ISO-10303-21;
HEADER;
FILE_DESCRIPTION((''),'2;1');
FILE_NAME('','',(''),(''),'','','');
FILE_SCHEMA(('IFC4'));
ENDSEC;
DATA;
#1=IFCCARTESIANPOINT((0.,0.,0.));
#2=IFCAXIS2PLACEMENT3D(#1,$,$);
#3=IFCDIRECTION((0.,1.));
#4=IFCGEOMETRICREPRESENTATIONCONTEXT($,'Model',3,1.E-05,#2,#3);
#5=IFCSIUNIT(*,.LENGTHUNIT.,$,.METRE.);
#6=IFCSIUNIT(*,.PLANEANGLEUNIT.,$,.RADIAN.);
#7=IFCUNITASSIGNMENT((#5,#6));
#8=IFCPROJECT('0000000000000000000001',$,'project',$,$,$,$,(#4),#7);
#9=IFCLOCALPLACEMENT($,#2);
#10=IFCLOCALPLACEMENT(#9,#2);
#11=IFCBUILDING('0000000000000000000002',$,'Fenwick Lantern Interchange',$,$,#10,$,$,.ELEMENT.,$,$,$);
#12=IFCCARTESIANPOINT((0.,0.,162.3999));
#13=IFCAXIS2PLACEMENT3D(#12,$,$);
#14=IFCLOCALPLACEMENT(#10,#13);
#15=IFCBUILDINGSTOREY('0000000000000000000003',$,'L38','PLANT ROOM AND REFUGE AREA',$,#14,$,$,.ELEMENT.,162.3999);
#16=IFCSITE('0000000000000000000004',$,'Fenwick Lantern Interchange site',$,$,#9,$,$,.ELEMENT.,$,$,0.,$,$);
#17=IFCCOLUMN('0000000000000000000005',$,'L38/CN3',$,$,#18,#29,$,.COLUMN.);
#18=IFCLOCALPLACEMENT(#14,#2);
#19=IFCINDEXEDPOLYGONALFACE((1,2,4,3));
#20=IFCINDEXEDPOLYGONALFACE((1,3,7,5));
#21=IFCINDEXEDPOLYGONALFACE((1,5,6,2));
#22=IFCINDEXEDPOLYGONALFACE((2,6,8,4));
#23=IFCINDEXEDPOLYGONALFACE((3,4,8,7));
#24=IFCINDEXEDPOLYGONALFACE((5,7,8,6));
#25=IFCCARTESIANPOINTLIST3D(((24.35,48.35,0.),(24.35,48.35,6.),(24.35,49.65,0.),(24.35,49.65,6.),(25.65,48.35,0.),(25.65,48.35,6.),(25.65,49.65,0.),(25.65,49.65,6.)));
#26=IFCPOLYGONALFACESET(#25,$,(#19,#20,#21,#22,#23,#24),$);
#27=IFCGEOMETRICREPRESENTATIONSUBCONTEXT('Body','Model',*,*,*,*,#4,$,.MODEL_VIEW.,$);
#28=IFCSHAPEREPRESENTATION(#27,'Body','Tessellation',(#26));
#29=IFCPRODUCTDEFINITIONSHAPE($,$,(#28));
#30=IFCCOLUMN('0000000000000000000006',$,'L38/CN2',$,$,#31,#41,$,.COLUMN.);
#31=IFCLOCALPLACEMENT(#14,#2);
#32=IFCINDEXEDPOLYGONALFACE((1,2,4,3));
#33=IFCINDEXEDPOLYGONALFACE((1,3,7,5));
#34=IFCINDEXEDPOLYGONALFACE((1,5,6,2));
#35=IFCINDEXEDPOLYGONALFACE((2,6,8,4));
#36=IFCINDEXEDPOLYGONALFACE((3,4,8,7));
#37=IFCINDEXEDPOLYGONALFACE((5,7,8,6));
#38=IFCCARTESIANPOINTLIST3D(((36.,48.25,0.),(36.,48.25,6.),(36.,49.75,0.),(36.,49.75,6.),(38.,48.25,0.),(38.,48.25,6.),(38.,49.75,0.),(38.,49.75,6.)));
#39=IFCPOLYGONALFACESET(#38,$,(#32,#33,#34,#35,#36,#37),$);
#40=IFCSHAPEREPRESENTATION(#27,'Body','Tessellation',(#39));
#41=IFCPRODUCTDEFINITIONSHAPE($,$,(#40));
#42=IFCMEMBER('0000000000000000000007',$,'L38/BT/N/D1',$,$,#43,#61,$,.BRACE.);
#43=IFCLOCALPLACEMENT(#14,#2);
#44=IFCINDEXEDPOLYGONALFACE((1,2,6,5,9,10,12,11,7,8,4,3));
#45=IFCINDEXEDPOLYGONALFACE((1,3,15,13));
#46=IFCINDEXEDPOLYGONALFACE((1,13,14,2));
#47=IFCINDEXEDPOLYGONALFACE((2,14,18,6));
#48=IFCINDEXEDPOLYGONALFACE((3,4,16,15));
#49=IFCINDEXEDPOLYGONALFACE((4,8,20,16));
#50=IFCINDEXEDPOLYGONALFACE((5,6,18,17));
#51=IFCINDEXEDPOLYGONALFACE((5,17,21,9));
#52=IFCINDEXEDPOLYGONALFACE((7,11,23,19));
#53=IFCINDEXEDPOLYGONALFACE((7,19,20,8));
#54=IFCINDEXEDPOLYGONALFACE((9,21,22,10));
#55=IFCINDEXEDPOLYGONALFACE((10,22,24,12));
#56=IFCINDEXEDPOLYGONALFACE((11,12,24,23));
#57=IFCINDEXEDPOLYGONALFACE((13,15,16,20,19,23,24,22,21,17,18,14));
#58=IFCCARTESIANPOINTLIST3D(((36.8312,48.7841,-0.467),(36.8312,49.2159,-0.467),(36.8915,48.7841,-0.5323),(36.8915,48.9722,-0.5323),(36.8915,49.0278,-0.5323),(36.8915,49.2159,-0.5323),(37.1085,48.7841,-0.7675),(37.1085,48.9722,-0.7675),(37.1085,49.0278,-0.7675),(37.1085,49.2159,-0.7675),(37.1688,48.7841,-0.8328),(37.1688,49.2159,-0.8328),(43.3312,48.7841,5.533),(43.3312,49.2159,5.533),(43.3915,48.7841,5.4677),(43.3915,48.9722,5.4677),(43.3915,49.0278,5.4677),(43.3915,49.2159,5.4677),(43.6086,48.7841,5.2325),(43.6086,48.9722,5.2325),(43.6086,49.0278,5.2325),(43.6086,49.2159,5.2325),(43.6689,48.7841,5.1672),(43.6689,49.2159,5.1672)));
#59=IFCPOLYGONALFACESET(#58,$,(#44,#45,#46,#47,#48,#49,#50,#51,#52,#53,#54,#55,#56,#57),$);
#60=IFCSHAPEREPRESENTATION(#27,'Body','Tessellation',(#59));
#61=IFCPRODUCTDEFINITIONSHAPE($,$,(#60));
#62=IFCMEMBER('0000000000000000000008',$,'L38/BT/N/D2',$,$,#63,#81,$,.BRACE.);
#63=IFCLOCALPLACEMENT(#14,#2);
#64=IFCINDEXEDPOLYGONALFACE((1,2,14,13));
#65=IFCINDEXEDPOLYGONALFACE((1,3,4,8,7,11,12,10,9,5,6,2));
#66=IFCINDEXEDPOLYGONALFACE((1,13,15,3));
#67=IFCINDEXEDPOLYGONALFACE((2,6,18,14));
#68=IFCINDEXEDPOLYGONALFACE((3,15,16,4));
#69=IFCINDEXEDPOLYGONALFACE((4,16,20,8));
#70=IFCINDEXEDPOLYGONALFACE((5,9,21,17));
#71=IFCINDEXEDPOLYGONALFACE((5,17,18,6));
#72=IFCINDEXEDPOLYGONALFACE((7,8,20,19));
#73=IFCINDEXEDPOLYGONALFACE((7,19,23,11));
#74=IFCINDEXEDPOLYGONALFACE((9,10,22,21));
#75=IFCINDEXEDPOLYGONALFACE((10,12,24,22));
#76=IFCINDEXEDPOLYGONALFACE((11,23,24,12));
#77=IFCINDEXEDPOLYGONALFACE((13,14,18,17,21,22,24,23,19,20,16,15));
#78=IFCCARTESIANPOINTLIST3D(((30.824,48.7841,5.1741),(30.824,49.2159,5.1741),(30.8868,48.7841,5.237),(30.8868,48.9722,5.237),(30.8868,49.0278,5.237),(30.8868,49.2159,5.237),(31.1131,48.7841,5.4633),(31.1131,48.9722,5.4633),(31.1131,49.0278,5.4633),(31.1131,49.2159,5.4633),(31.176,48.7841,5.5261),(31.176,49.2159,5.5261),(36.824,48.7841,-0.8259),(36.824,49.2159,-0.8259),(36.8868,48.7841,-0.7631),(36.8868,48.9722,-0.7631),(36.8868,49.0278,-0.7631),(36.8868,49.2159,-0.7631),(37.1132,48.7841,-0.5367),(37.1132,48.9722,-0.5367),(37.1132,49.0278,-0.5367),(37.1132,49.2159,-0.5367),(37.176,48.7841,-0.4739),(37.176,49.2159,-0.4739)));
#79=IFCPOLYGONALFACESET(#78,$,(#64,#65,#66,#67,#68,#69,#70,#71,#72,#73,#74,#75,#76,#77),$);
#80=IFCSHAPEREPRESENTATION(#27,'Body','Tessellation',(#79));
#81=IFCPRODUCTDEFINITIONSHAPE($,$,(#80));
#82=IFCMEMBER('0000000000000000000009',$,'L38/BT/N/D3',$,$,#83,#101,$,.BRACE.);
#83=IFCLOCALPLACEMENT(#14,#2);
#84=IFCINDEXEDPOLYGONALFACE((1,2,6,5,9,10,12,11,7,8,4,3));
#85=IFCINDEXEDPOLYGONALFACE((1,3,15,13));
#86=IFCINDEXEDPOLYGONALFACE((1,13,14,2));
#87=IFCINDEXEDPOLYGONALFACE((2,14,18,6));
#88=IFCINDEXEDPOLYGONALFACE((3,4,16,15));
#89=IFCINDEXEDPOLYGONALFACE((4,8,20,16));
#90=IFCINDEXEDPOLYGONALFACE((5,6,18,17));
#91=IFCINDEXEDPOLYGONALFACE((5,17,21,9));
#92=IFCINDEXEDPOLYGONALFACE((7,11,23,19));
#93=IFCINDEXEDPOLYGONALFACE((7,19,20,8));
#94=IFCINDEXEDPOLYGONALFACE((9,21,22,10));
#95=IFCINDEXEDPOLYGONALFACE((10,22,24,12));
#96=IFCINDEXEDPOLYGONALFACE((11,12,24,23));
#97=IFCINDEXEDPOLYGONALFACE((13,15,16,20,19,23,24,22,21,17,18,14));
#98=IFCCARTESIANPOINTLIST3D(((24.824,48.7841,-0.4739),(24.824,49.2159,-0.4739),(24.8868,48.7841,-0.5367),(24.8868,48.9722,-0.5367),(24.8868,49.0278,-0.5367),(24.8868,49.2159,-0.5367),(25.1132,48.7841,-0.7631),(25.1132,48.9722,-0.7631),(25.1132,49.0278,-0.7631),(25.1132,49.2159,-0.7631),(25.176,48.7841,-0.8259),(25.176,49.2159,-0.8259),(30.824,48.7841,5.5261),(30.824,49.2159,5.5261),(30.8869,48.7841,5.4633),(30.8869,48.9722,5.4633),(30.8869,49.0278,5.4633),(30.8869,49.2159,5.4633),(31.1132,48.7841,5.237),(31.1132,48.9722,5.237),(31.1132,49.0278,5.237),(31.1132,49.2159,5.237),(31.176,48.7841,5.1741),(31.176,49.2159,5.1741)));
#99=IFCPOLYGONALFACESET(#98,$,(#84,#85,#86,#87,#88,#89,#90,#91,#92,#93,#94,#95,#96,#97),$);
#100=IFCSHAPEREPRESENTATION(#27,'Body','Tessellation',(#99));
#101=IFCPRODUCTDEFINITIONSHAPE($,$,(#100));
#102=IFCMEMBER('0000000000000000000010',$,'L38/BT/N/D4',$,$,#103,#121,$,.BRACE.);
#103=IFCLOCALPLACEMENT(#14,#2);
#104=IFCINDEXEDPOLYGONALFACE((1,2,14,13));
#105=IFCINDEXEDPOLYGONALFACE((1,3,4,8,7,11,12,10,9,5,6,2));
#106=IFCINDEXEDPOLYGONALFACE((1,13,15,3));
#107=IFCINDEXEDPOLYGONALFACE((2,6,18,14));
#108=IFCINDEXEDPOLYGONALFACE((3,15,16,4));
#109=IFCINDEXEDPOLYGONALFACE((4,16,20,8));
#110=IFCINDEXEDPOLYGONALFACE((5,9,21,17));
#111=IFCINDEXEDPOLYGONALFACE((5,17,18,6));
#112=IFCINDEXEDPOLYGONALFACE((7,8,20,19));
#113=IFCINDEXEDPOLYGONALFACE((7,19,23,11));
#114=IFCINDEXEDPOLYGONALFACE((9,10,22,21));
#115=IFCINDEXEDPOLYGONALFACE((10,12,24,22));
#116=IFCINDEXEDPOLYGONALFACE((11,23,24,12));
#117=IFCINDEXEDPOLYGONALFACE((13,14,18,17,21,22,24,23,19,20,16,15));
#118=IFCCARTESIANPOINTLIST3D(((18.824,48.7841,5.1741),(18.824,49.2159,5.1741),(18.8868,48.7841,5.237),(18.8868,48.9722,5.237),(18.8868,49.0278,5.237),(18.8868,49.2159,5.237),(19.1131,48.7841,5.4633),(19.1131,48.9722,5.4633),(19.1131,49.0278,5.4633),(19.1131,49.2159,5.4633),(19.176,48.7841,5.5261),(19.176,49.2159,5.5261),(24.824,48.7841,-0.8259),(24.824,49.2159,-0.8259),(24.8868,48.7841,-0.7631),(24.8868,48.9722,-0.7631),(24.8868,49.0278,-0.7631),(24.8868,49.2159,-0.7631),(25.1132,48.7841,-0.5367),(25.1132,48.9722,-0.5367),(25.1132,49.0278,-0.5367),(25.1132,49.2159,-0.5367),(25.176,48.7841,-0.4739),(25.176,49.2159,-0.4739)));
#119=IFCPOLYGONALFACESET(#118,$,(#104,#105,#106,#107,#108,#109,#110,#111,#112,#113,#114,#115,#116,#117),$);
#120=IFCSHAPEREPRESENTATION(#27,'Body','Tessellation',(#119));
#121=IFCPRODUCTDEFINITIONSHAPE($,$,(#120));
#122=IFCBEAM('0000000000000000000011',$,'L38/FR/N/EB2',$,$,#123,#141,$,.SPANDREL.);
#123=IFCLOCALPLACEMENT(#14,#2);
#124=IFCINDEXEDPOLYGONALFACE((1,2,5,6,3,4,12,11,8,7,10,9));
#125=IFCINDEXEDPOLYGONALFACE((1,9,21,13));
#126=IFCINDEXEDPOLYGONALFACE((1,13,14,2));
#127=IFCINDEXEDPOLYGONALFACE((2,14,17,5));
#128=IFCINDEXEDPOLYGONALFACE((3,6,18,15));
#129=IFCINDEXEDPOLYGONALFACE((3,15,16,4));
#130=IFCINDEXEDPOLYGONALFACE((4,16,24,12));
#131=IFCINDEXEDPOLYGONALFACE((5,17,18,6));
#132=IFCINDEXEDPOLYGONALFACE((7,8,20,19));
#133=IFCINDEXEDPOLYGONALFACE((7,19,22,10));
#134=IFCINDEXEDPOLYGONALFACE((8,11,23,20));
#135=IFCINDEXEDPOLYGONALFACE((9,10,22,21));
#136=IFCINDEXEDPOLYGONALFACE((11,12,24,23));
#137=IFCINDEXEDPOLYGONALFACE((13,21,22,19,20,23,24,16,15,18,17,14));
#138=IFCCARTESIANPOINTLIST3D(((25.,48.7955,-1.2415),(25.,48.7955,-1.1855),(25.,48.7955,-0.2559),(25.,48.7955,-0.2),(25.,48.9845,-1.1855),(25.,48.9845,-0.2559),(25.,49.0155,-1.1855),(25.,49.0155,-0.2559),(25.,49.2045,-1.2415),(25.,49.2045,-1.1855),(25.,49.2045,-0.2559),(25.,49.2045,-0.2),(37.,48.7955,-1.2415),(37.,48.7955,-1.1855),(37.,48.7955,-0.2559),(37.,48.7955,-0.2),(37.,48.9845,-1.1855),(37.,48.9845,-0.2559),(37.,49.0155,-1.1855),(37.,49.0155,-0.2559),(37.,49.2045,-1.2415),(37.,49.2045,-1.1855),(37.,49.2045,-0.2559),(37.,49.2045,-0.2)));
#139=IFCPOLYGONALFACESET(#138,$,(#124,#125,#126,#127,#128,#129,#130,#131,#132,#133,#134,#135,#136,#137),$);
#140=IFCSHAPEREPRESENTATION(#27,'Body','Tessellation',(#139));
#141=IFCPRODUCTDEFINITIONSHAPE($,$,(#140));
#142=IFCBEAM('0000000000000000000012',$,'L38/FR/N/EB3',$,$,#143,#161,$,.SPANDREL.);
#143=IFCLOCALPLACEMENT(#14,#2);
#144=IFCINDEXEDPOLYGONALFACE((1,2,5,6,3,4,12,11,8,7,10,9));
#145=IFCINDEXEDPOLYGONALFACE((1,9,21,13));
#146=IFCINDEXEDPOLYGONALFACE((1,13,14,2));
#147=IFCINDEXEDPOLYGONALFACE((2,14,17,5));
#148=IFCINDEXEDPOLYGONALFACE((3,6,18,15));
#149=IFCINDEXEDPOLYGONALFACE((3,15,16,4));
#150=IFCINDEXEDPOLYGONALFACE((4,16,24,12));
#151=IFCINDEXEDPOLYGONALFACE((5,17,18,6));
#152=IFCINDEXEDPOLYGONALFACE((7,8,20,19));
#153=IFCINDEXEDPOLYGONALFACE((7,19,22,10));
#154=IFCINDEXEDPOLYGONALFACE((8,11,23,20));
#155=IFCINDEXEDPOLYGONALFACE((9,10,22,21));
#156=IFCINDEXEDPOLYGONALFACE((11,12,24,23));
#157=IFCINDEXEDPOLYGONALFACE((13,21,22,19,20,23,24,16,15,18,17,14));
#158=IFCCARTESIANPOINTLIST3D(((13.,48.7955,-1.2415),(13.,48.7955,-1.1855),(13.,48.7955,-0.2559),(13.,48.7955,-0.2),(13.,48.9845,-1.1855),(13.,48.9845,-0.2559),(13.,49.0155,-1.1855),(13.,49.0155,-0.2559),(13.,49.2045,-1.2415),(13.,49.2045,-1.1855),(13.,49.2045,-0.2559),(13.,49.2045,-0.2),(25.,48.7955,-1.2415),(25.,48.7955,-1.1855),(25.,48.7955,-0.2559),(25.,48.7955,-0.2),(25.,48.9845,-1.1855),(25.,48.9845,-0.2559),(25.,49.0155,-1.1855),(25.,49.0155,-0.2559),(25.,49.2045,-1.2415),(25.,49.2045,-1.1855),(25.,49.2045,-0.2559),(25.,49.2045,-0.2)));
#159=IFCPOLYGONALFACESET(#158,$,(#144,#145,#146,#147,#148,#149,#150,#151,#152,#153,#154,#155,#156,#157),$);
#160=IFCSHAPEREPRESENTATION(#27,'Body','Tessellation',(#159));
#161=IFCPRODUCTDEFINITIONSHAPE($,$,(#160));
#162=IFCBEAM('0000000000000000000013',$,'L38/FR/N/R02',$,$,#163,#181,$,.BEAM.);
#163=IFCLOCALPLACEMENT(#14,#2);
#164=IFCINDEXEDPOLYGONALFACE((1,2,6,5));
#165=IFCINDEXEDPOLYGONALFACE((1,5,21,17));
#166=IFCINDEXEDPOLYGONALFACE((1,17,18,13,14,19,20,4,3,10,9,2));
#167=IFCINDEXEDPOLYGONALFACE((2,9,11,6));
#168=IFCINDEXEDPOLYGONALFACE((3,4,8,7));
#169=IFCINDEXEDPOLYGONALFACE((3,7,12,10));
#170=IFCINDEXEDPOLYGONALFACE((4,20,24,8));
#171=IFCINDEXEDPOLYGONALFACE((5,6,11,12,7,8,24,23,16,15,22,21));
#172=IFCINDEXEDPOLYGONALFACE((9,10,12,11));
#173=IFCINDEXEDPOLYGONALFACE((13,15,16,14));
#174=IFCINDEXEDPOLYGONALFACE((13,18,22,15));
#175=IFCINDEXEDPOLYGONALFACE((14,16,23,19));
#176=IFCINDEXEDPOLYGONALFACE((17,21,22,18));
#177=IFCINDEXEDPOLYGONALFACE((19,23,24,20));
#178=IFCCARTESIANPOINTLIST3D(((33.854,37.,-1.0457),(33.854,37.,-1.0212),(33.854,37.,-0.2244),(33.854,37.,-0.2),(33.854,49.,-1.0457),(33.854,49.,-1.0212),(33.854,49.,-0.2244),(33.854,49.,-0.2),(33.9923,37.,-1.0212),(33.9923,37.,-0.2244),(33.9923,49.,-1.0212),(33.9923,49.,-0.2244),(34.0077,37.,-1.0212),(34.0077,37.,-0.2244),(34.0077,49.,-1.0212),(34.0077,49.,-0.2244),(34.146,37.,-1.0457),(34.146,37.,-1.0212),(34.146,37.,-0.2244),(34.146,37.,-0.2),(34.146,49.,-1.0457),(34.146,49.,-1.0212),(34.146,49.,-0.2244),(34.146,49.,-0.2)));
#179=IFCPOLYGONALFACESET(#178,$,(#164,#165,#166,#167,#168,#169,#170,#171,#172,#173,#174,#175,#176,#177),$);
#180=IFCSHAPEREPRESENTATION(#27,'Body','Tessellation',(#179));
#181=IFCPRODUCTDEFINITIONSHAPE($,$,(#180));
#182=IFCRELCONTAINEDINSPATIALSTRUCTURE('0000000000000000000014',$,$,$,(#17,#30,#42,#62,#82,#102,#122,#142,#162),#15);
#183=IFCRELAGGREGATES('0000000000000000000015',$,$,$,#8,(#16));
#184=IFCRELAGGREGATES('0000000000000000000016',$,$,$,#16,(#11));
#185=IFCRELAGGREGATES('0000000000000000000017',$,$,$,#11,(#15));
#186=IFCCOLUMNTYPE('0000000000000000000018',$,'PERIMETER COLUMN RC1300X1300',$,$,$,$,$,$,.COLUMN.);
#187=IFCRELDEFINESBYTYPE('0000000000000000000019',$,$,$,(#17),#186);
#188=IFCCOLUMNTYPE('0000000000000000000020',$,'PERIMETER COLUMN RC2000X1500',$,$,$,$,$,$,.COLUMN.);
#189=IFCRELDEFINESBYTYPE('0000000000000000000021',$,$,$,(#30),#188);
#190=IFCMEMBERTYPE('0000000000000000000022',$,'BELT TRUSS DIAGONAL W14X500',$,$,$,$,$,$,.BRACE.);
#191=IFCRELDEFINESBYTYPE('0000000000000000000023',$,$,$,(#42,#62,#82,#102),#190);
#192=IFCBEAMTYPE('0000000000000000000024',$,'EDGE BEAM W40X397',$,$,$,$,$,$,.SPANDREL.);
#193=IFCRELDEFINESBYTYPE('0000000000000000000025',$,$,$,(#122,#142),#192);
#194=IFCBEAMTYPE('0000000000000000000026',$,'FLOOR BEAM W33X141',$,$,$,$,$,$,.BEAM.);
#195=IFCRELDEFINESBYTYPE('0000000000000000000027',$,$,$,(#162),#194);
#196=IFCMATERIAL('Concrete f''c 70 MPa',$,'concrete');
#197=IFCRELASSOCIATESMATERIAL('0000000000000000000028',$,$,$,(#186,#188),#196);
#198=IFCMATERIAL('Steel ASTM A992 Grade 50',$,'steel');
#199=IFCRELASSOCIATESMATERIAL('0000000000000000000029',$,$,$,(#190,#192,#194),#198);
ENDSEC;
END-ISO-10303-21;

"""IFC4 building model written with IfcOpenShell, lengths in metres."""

from ifc_helpers import new_model, si_unit, direction, frame, origin, origin_2d, place, context, subcontext, project, spatial, rectangle, i_section, extrude, material, material_profile, profile_set, type_object, element, save


model = new_model("IFC4")

# Units and contexts
model_context = context("Model", 3, precision=1e-05, world=origin(), true_north=direction((0.0, 1.0)))
body_context = subcontext(model_context, "Body", "Model", "MODEL_VIEW")
ifc_project = project(units=[si_unit("LENGTHUNIT", "METRE"), si_unit("PLANEANGLEUNIT", "RADIAN")], contexts=[model_context])

# Site, building, storey
site_placement = place(None, origin())
site = spatial("IfcSite", under=ifc_project, at=site_placement, Name="Fenwick Lantern Interchange site", CompositionType="ELEMENT", RefElevation=0.0)
building_placement = place(site_placement, origin())
building = spatial("IfcBuilding", under=site, at=building_placement, Name="Fenwick Lantern Interchange", CompositionType="ELEMENT")
storey_placement = place(building_placement, frame((0.0, 0.0, 162.3999)))
storey = spatial("IfcBuildingStorey", under=building, at=storey_placement, Name="L38", Description="PLANT ROOM AND REFUGE AREA", CompositionType="ELEMENT", Elevation=162.3999)

# Columns
ifc_material_1 = material(Name="Concrete f'c 70 MPa", Category="concrete")
ifc_material_profile_1 = material_profile(ifc_material_1, rectangle(XDim=1.3, YDim=1.3, at=origin_2d()), Name="RC1300X1300")
ifc_profile_set_1 = profile_set([ifc_material_profile_1], Name="Concrete f'c 70 MPa")
column_type_1 = type_object("IfcColumnType", Name="PERIMETER COLUMN RC1300X1300", PredefinedType="COLUMN", material=ifc_profile_set_1)
column_1_placement = place(storey_placement, frame((25.0, 49.0, 0.0), z_axis=(0.0, 0.0, 1.0), x_axis=(1.0, 0.0, 0.0)))
element("IfcColumn", 1, at=column_1_placement, inside=storey, type_object=column_type_1, Name="L38/CN3", PredefinedType="COLUMN", context=body_context, shape_type="SweptSolid", body=[
    extrude(rectangle(XDim=1.3, YDim=1.3, at=origin_2d()), origin(), (0.0, 0.0, 1.0), 6.0),
])
ifc_material_profile_2 = material_profile(ifc_material_1, rectangle(XDim=2.0, YDim=1.5, at=origin_2d()), Name="RC2000X1500")
ifc_profile_set_2 = profile_set([ifc_material_profile_2], Name="Concrete f'c 70 MPa")
column_type_2 = type_object("IfcColumnType", Name="PERIMETER COLUMN RC2000X1500", PredefinedType="COLUMN", material=ifc_profile_set_2)
column_2_placement = place(storey_placement, frame((37.0, 49.0, 0.0), z_axis=(0.0, 0.0, 1.0), x_axis=(1.0, 0.0, 0.0)))
element("IfcColumn", 2, at=column_2_placement, inside=storey, type_object=column_type_2, Name="L38/CN2", PredefinedType="COLUMN", context=body_context, shape_type="SweptSolid", body=[
    extrude(rectangle(XDim=2.0, YDim=1.5, at=origin_2d()), origin(), (0.0, 0.0, 1.0), 6.0),
])

# Members
ifc_material_2 = material(Name="Steel ASTM A992 Grade 50", Category="steel")
ifc_material_profile_3 = material_profile(ifc_material_2, i_section(OverallWidth=0.4319, OverallDepth=0.4978, WebThickness=0.0557, FlangeThickness=0.0889, at=origin_2d()), Name="W14X500")
ifc_profile_set_3 = profile_set([ifc_material_profile_3], Name="Steel ASTM A992 Grade 50")
member_type_1 = type_object("IfcMemberType", Name="BELT TRUSS DIAGONAL W14X500", PredefinedType="BRACE", material=ifc_profile_set_3)
member_1_placement = place(storey_placement, frame((37.0, 49.0, -0.6499), z_axis=(0.734803, 0.0, 0.67828), x_axis=(0.0, 1.0, 0.0)))
element("IfcMember", 3, at=member_1_placement, inside=storey, type_object=member_type_1, Name="L38/BT/N/D1", PredefinedType="BRACE", context=body_context, shape_type="SweptSolid", body=[
    extrude(i_section(OverallWidth=0.4319, OverallDepth=0.4978, WebThickness=0.0557, FlangeThickness=0.0889, at=origin_2d()), origin(), (0.0, 0.0, 1.0), 8.8459),
])
for number, where, z_axis, x_axis, name in (
    (4, (37.0, 49.0, -0.6499), (-0.707107, 0.0, 0.707107), (0.0, -1.0, 0.0), "L38/BT/N/D2"),
    (5, (25.0, 49.0, -0.6499), (0.707107, 0.0, 0.707107), (0.0, 1.0, 0.0), "L38/BT/N/D3"),
    (6, (25.0, 49.0, -0.6499), (-0.707107, 0.0, 0.707107), (0.0, -1.0, 0.0), "L38/BT/N/D4"),
):
    element("IfcMember", number, at=place(storey_placement, frame(where, z_axis=z_axis, x_axis=x_axis)), inside=storey, type_object=member_type_1, Name=name, PredefinedType="BRACE", context=body_context, shape_type="SweptSolid", body=[
        extrude(i_section(OverallWidth=0.4319, OverallDepth=0.4978, WebThickness=0.0557, FlangeThickness=0.0889, at=origin_2d()), origin(), (0.0, 0.0, 1.0), 8.4854),
    ])

# Beams
ifc_material_profile_4 = material_profile(ifc_material_2, i_section(OverallWidth=0.4089, OverallDepth=1.0415, WebThickness=0.031, FlangeThickness=0.0559, at=origin_2d()), Name="W40X397")
ifc_profile_set_4 = profile_set([ifc_material_profile_4], Name="Steel ASTM A992 Grade 50")
beam_type_1 = type_object("IfcBeamType", Name="EDGE BEAM W40X397", PredefinedType="SPANDREL", material=ifc_profile_set_4)
for number, where, z_axis, x_axis, name in (
    (7, (37.0, 49.0, -0.7207), (-1.0, 0.0, 0.0), (0.0, -1.0, 0.0), "L38/FR/N/EB2"),
    (8, (25.0, 49.0, -0.7207), (-1.0, 0.0, 0.0), (0.0, -1.0, 0.0), "L38/FR/N/EB3"),
):
    element("IfcBeam", number, at=place(storey_placement, frame(where, z_axis=z_axis, x_axis=x_axis)), inside=storey, type_object=beam_type_1, Name=name, PredefinedType="SPANDREL", context=body_context, shape_type="SweptSolid", body=[
        extrude(i_section(OverallWidth=0.4089, OverallDepth=1.0415, WebThickness=0.031, FlangeThickness=0.0559, at=origin_2d()), origin(), (0.0, 0.0, 1.0), 12.0),
    ])
ifc_material_profile_5 = material_profile(ifc_material_2, i_section(OverallWidth=0.292, OverallDepth=0.8457, WebThickness=0.0154, FlangeThickness=0.0244, at=origin_2d()), Name="W33X141")
ifc_profile_set_5 = profile_set([ifc_material_profile_5], Name="Steel ASTM A992 Grade 50")
beam_type_2 = type_object("IfcBeamType", Name="FLOOR BEAM W33X141", PredefinedType="BEAM", material=ifc_profile_set_5)
for number, where, z_axis, x_axis, name in (
    (9, (34.0, 49.0, -0.6228), (0.0, -1.0, 0.0), (1.0, 0.0, 0.0), "L38/FR/N/R02"),
):
    element("IfcBeam", number, at=place(storey_placement, frame(where, z_axis=z_axis, x_axis=x_axis)), inside=storey, type_object=beam_type_2, Name=name, PredefinedType="BEAM", context=body_context, shape_type="SweptSolid", body=[
        extrude(i_section(OverallWidth=0.292, OverallDepth=0.8457, WebThickness=0.0154, FlangeThickness=0.0244, at=origin_2d()), origin(), (0.0, 0.0, 1.0), 12.0),
    ])

save(model, "model.ifc")
